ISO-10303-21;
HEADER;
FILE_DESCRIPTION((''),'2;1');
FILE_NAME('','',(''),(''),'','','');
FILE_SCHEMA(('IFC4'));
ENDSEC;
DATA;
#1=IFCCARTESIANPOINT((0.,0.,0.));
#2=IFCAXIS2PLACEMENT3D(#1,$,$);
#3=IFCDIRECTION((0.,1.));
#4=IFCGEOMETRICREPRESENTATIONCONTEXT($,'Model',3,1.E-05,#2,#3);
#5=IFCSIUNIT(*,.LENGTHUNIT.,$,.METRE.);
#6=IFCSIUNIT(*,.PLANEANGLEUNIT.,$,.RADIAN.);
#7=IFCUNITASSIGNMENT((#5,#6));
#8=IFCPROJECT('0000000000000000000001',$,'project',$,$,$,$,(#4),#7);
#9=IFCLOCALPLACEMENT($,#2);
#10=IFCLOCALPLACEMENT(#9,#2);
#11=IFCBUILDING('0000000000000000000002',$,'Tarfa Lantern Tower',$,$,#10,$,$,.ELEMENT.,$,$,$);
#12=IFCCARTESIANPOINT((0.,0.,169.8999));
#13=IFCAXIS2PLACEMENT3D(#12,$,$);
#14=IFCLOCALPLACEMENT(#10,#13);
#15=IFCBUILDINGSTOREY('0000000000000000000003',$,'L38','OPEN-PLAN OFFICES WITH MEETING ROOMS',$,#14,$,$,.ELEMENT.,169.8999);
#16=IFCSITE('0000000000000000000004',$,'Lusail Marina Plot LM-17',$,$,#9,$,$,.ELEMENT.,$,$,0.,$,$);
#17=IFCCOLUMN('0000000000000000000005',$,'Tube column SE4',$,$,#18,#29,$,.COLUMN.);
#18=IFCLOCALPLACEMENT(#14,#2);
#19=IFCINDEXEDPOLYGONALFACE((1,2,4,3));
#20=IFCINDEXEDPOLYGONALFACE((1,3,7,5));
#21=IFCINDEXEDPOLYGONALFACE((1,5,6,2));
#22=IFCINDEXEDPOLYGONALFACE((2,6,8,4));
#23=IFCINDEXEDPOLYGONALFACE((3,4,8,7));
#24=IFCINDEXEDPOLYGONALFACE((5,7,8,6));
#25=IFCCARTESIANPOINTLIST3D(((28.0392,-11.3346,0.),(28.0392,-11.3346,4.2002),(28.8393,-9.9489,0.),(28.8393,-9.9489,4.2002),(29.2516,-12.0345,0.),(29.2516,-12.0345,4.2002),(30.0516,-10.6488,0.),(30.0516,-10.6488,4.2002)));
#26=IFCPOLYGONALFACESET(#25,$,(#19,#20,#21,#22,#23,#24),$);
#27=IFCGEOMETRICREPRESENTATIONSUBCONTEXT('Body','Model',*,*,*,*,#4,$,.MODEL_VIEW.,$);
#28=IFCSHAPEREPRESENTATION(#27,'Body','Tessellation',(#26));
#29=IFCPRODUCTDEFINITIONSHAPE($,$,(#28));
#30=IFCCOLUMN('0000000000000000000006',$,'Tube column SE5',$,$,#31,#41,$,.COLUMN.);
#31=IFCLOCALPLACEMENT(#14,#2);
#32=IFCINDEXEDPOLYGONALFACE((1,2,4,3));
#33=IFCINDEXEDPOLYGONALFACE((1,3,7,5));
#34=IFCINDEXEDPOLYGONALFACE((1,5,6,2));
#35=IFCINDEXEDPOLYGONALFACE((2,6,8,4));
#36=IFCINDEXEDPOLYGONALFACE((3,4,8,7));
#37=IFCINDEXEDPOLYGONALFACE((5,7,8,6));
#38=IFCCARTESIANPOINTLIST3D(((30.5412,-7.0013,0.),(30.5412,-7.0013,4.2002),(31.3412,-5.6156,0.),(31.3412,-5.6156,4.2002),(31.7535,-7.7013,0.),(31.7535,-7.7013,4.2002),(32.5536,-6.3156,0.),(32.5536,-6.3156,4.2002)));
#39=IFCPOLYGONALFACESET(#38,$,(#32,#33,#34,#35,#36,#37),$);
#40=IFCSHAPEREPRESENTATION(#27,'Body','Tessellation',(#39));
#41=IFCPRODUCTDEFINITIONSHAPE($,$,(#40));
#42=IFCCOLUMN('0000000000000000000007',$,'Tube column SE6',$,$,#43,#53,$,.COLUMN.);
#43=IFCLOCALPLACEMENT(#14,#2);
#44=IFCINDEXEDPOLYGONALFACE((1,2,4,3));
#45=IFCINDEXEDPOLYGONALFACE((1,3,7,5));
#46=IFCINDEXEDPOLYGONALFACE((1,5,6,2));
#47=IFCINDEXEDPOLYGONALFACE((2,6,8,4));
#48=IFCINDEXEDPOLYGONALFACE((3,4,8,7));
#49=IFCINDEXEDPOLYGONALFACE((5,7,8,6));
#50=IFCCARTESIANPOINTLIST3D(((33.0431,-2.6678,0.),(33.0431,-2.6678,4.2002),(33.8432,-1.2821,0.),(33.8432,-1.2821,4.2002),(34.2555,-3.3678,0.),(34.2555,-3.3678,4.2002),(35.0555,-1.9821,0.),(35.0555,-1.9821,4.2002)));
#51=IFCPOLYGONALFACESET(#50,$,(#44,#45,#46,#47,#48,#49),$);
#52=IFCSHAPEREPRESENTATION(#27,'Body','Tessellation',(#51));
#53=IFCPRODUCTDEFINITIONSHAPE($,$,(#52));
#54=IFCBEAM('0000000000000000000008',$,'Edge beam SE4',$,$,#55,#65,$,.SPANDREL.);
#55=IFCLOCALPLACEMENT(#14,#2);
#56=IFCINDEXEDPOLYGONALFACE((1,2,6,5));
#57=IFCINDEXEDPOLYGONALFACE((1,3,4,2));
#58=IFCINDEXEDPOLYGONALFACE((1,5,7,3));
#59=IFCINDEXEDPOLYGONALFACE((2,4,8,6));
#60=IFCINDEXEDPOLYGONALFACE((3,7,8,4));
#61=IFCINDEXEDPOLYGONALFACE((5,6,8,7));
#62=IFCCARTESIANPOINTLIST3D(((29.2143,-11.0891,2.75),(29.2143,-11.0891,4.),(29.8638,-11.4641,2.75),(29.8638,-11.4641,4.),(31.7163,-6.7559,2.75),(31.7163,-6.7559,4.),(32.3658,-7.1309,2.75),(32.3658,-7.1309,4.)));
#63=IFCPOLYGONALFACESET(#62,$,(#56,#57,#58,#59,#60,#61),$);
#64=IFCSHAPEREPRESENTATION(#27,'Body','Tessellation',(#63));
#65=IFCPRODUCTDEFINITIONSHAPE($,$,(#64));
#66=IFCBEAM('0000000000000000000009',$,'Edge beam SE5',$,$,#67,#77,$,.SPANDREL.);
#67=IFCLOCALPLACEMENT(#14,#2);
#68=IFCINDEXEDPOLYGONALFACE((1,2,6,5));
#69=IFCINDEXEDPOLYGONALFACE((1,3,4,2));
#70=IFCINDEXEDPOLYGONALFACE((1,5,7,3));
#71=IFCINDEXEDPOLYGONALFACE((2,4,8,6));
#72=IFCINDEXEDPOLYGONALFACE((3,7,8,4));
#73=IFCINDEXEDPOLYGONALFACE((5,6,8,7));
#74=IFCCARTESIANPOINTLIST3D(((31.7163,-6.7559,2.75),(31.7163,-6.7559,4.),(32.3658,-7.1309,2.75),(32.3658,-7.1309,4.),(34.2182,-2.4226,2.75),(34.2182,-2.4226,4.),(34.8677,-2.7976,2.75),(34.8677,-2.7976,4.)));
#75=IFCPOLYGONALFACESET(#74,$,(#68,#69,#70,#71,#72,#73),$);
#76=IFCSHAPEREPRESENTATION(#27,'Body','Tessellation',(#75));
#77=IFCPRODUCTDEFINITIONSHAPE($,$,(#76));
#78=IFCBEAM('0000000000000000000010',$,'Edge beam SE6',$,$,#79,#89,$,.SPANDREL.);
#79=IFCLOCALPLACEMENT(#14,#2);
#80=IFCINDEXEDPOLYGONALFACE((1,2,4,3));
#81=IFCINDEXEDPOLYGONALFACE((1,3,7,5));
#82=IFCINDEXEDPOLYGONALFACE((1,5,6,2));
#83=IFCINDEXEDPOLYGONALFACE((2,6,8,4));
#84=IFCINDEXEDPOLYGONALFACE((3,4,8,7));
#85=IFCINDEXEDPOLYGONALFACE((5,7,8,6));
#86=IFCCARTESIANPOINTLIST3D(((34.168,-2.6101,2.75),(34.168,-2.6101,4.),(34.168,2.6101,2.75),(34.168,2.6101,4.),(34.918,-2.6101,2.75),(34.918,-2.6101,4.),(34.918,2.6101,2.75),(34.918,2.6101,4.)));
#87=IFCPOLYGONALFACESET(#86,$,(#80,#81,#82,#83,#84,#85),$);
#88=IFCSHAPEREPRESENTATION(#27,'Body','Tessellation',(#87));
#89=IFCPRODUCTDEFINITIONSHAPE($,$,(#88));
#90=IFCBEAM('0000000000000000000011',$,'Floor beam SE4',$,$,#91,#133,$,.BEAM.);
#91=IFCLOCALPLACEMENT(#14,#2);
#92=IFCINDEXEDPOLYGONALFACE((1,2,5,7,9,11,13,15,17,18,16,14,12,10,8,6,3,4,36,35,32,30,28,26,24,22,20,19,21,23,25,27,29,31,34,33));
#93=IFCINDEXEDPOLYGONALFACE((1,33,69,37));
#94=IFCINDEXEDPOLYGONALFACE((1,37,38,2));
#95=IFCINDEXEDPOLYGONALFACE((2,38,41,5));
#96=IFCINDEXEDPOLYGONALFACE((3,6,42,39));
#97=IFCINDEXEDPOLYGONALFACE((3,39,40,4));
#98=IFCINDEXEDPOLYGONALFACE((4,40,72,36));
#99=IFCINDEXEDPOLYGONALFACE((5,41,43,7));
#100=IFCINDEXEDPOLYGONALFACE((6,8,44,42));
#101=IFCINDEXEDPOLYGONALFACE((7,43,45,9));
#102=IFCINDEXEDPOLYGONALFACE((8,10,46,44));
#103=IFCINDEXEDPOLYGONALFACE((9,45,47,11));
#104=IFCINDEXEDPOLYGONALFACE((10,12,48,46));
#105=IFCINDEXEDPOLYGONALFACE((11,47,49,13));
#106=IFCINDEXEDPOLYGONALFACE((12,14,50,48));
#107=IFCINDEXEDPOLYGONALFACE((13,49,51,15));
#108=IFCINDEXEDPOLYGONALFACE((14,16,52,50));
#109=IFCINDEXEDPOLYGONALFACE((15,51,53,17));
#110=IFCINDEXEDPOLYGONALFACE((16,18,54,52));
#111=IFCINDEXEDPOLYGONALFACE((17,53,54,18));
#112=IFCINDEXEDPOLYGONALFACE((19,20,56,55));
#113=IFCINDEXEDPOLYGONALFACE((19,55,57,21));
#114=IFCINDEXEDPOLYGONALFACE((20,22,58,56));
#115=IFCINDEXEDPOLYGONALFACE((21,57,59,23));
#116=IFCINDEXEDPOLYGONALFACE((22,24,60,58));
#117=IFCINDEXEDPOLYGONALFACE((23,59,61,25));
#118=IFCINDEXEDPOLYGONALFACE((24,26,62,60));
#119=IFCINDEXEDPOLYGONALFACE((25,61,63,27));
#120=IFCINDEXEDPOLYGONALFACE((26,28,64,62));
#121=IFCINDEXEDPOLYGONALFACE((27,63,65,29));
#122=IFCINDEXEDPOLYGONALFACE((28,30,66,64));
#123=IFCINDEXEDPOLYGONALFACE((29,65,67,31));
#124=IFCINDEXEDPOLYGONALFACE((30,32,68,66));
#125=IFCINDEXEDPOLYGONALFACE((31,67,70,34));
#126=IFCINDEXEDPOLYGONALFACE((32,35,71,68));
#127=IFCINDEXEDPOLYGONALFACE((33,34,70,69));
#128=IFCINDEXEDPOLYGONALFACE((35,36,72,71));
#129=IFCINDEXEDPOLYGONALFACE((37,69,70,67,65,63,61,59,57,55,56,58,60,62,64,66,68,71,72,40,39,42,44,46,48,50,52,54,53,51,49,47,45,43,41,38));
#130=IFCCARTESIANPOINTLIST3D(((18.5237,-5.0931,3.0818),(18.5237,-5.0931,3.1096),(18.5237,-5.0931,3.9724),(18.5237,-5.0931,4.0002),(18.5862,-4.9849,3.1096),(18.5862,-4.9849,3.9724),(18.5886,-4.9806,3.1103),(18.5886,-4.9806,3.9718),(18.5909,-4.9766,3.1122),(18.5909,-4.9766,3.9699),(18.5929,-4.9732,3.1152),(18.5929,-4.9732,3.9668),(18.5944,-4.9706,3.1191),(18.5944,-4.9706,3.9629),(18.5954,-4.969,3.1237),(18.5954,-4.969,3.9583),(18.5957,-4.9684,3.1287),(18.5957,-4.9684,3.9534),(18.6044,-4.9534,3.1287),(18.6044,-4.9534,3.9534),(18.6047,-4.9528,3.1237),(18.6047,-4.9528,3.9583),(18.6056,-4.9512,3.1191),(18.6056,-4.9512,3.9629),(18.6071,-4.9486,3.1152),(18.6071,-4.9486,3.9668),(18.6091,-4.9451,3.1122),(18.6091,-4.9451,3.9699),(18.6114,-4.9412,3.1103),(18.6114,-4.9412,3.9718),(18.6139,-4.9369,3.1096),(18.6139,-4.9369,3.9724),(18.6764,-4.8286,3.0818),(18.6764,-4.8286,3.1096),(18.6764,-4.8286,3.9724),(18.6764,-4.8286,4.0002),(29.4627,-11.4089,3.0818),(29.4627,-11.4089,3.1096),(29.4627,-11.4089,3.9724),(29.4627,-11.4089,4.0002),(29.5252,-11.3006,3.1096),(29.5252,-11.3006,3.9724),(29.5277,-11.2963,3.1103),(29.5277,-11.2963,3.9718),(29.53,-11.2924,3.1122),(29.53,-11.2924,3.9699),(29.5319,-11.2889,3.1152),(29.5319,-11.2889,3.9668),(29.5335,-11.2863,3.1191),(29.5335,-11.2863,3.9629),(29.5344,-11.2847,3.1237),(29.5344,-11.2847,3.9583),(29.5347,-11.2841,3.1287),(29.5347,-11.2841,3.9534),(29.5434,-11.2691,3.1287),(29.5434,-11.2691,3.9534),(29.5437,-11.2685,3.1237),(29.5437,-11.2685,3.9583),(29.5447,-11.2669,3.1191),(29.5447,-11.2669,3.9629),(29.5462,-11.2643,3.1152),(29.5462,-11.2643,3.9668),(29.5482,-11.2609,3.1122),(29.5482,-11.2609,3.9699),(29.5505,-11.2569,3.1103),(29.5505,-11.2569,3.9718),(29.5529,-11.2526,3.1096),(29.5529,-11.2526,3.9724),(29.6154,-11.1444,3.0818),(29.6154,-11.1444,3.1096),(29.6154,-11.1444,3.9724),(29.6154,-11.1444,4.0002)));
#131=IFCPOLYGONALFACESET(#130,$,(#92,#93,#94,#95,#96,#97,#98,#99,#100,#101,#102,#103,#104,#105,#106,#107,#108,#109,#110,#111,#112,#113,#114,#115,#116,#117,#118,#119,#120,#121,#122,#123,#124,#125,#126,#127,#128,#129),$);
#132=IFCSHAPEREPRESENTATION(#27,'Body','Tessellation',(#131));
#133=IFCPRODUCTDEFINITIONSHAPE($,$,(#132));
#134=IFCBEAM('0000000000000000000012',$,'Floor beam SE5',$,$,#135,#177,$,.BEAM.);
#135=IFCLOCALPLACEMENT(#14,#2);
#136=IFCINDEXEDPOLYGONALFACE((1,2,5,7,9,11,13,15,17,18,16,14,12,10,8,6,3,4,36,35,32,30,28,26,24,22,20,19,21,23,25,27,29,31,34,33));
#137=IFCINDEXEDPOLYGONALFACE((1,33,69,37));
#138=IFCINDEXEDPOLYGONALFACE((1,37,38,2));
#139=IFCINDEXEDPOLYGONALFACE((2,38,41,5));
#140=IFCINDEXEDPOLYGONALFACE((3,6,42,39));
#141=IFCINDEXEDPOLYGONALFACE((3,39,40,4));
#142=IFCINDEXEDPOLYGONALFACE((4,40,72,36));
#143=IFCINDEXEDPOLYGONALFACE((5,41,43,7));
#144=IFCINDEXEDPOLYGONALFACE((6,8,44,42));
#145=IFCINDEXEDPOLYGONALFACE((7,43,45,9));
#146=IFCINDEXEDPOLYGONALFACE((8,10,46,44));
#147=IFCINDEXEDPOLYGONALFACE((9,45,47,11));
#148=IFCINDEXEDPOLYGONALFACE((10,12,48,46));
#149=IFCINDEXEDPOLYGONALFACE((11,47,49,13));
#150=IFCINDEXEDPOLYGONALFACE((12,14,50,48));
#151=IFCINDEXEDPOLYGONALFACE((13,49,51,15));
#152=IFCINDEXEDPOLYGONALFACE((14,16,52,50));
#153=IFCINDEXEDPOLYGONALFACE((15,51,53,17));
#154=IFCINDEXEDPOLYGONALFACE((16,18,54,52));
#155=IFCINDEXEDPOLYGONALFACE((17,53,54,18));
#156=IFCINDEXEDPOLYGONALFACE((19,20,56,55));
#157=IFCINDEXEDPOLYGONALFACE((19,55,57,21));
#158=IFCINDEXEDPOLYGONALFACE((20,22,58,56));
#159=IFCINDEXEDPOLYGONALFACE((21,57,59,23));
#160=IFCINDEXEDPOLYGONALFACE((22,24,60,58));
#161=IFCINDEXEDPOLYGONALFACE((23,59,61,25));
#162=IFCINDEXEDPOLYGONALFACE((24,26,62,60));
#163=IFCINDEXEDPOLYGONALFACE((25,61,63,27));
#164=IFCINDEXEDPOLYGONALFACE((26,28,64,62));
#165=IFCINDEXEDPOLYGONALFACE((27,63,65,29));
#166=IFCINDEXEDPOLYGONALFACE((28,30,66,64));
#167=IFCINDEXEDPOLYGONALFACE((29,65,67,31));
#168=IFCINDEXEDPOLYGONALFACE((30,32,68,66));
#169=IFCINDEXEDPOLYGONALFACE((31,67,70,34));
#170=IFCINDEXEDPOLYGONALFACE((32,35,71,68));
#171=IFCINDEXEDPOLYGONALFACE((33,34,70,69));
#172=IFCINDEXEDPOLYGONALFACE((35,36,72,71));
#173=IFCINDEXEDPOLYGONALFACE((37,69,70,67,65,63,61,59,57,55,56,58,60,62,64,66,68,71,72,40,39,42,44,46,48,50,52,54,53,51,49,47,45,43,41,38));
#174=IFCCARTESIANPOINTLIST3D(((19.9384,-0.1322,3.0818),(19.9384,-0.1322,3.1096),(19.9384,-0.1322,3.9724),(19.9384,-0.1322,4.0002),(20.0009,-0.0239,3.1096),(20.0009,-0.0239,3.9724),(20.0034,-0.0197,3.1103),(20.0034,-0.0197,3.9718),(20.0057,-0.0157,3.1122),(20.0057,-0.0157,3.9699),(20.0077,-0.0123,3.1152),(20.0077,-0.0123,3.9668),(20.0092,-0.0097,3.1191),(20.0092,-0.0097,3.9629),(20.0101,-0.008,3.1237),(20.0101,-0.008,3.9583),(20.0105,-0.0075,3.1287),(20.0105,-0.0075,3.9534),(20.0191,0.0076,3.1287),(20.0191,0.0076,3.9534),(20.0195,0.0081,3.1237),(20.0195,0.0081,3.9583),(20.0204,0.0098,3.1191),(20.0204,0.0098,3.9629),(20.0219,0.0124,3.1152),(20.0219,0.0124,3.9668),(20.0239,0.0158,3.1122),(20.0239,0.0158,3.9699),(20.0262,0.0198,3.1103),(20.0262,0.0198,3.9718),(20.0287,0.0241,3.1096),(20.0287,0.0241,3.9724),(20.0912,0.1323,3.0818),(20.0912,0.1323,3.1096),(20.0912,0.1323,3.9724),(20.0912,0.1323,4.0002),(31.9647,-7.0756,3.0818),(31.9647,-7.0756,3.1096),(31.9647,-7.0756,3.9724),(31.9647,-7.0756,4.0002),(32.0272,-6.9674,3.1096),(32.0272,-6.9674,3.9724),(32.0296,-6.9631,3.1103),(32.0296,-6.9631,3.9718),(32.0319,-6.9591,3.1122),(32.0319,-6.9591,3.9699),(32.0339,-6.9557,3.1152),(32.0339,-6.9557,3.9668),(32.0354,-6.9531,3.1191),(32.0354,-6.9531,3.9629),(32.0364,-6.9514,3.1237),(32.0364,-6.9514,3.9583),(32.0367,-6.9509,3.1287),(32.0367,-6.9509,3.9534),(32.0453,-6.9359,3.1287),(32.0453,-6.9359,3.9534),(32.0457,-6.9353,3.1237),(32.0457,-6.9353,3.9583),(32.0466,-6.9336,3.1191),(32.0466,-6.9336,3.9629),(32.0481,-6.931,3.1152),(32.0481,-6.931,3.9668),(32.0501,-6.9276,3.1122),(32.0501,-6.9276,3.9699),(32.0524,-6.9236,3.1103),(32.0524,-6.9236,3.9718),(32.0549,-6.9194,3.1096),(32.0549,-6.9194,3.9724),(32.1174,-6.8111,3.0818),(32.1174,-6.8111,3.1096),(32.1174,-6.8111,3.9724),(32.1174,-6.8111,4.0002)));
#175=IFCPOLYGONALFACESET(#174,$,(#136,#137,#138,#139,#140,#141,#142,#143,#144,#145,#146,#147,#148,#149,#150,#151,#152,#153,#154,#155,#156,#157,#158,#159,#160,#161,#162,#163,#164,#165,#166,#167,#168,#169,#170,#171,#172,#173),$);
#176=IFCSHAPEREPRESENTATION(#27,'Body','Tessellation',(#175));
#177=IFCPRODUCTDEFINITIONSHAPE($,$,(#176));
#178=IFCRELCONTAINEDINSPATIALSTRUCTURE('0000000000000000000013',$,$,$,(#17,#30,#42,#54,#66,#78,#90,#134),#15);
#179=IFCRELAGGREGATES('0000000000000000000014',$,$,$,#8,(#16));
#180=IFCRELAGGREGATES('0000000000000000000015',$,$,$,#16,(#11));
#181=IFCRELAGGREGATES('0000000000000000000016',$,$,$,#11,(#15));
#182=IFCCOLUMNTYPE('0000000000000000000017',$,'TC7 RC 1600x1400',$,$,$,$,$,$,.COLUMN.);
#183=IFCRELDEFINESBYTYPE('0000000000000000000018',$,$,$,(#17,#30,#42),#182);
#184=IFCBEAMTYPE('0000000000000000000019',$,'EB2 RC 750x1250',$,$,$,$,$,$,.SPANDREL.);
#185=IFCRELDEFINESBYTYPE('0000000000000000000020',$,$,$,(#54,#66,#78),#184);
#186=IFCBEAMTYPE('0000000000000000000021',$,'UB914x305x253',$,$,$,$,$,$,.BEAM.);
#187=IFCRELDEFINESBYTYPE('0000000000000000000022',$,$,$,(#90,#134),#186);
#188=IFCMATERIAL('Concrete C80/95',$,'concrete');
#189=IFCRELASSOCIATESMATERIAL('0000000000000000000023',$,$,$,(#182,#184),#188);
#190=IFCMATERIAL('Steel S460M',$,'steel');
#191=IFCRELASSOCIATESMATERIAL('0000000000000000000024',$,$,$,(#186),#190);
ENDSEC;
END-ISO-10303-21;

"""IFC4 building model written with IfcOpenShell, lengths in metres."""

from ifc_helpers import new_model, si_unit, direction, frame, origin, origin_2d, place, context, subcontext, project, spatial, rectangle, i_section, extrude, material, material_profile, profile_set, type_object, element, save


model = new_model("IFC4")

# Units and contexts
model_context = context("Model", 3, precision=1e-05, world=origin(), true_north=direction((0.0, 1.0)))
body_context = subcontext(model_context, "Body", "Model", "MODEL_VIEW")
ifc_project = project(units=[si_unit("LENGTHUNIT", "METRE"), si_unit("PLANEANGLEUNIT", "RADIAN")], contexts=[model_context])

# Site, building, storey
site_placement = place(None, origin())
site = spatial("IfcSite", under=ifc_project, at=site_placement, Name="Lusail Marina Plot LM-17", CompositionType="ELEMENT", RefElevation=0.0)
building_placement = place(site_placement, origin())
building = spatial("IfcBuilding", under=site, at=building_placement, Name="Tarfa Lantern Tower", CompositionType="ELEMENT")
storey_placement = place(building_placement, frame((0.0, 0.0, 169.8999)))
storey = spatial("IfcBuildingStorey", under=building, at=storey_placement, Name="L38", Description="OPEN-PLAN OFFICES WITH MEETING ROOMS", CompositionType="ELEMENT", Elevation=169.8999)

# Columns
ifc_material_1 = material(Name="Concrete C80/95", Category="concrete")
ifc_material_profile_1 = material_profile(ifc_material_1, rectangle(XDim=1.6001, YDim=1.3999, at=origin_2d()), Name="RC 1600x1400")
ifc_profile_set_1 = profile_set([ifc_material_profile_1], Name="Concrete C80/95")
column_type = type_object("IfcColumnType", Name="TC7 RC 1600x1400", PredefinedType="COLUMN", material=ifc_profile_set_1)
for number, where, z_axis, x_axis, name in (
    (1, (29.0454, -10.9917, 0.0), (0.0, 0.0, 1.0), (0.5, 0.866025, 0.0), "Tube column SE4"),
    (2, (31.5474, -6.6584, 0.0), (0.0, 0.0, 1.0), (0.5, 0.866025, 0.0), "Tube column SE5"),
    (3, (34.0493, -2.325, 0.0), (0.0, 0.0, 1.0), (0.5, 0.866025, 0.0), "Tube column SE6"),
):
    element("IfcColumn", number, at=place(storey_placement, frame(where, z_axis=z_axis, x_axis=x_axis)), inside=storey, type_object=column_type, Name=name, PredefinedType="COLUMN", context=body_context, shape_type="SweptSolid", body=[
        extrude(rectangle(XDim=1.6001, YDim=1.3999, at=origin_2d()), origin(), (0.0, 0.0, 1.0), 4.2002),
    ])

# Beams
ifc_material_profile_2 = material_profile(ifc_material_1, rectangle(XDim=0.75, YDim=1.25, at=origin_2d()), Name="RC 750x1250")
ifc_profile_set_2 = profile_set([ifc_material_profile_2], Name="Concrete C80/95")
beam_type_1 = type_object("IfcBeamType", Name="EB2 RC 750x1250", PredefinedType="SPANDREL", material=ifc_profile_set_2)
for number, where, z_axis, x_axis, name in (
    (4, (29.5391, -11.2766, 3.375), (0.500022, 0.866013, 0.0), (-0.866013, 0.500022, 0.0), "Edge beam SE4"),
    (5, (32.041, -6.9434, 3.375), (0.500022, 0.866013, 0.0), (-0.866013, 0.500022, 0.0), "Edge beam SE5"),
):
    element("IfcBeam", number, at=place(storey_placement, frame(where, z_axis=z_axis, x_axis=x_axis)), inside=storey, type_object=beam_type_1, Name=name, PredefinedType="SPANDREL", context=body_context, shape_type="SweptSolid", body=[
        extrude(rectangle(XDim=0.75, YDim=1.25, at=origin_2d()), origin(), (0.0, 0.0, 1.0), 5.0037),
    ])
beam_1_placement = place(storey_placement, frame((34.543, -2.6101, 3.375), z_axis=(0.0, 1.0, 0.0), x_axis=(-1.0, 0.0, 0.0)))
element("IfcBeam", 6, at=beam_1_placement, inside=storey, type_object=beam_type_1, Name="Edge beam SE6", PredefinedType="SPANDREL", context=body_context, shape_type="SweptSolid", body=[
    extrude(rectangle(XDim=0.75, YDim=1.25, at=origin_2d()), origin(), (0.0, 0.0, 1.0), 5.2202),
])
ifc_material_2 = material(Name="Steel S460M", Category="steel")
ifc_material_profile_3 = material_profile(ifc_material_2, i_section(OverallWidth=0.3054, OverallDepth=0.9185, WebThickness=0.0173, FlangeThickness=0.0278, FilletRadius=0.019, at=origin_2d()), Name="UB914x305x253")
ifc_profile_set_3 = profile_set([ifc_material_profile_3], Name="Steel S460M")
beam_type_2 = type_object("IfcBeamType", Name="UB914x305x253", PredefinedType="BEAM", material=ifc_profile_set_3)
beam_2_placement = place(storey_placement, frame((29.5391, -11.2766, 3.541), z_axis=(-0.866023, 0.500004, 0.0), x_axis=(-0.500004, -0.866023, 0.0)))
element("IfcBeam", 7, at=beam_2_placement, inside=storey, type_object=beam_type_2, Name="Floor beam SE4", PredefinedType="BEAM", context=body_context, shape_type="SweptSolid", body=[
    extrude(i_section(OverallWidth=0.3054, OverallDepth=0.9185, WebThickness=0.0173, FlangeThickness=0.0278, FilletRadius=0.019, at=origin_2d()), origin(), (0.0, 0.0, 1.0), 12.6313),
])
beam_3_placement = place(storey_placement, frame((32.041, -6.9434, 3.541), z_axis=(-0.866023, 0.500004, 0.0), x_axis=(-0.500004, -0.866023, 0.0)))
element("IfcBeam", 8, at=beam_3_placement, inside=storey, type_object=beam_type_2, Name="Floor beam SE5", PredefinedType="BEAM", context=body_context, shape_type="SweptSolid", body=[
    extrude(i_section(OverallWidth=0.3054, OverallDepth=0.9185, WebThickness=0.0173, FlangeThickness=0.0278, FilletRadius=0.019, at=origin_2d()), origin(), (0.0, 0.0, 1.0), 13.8867),
])

save(model, "model.ifc")
